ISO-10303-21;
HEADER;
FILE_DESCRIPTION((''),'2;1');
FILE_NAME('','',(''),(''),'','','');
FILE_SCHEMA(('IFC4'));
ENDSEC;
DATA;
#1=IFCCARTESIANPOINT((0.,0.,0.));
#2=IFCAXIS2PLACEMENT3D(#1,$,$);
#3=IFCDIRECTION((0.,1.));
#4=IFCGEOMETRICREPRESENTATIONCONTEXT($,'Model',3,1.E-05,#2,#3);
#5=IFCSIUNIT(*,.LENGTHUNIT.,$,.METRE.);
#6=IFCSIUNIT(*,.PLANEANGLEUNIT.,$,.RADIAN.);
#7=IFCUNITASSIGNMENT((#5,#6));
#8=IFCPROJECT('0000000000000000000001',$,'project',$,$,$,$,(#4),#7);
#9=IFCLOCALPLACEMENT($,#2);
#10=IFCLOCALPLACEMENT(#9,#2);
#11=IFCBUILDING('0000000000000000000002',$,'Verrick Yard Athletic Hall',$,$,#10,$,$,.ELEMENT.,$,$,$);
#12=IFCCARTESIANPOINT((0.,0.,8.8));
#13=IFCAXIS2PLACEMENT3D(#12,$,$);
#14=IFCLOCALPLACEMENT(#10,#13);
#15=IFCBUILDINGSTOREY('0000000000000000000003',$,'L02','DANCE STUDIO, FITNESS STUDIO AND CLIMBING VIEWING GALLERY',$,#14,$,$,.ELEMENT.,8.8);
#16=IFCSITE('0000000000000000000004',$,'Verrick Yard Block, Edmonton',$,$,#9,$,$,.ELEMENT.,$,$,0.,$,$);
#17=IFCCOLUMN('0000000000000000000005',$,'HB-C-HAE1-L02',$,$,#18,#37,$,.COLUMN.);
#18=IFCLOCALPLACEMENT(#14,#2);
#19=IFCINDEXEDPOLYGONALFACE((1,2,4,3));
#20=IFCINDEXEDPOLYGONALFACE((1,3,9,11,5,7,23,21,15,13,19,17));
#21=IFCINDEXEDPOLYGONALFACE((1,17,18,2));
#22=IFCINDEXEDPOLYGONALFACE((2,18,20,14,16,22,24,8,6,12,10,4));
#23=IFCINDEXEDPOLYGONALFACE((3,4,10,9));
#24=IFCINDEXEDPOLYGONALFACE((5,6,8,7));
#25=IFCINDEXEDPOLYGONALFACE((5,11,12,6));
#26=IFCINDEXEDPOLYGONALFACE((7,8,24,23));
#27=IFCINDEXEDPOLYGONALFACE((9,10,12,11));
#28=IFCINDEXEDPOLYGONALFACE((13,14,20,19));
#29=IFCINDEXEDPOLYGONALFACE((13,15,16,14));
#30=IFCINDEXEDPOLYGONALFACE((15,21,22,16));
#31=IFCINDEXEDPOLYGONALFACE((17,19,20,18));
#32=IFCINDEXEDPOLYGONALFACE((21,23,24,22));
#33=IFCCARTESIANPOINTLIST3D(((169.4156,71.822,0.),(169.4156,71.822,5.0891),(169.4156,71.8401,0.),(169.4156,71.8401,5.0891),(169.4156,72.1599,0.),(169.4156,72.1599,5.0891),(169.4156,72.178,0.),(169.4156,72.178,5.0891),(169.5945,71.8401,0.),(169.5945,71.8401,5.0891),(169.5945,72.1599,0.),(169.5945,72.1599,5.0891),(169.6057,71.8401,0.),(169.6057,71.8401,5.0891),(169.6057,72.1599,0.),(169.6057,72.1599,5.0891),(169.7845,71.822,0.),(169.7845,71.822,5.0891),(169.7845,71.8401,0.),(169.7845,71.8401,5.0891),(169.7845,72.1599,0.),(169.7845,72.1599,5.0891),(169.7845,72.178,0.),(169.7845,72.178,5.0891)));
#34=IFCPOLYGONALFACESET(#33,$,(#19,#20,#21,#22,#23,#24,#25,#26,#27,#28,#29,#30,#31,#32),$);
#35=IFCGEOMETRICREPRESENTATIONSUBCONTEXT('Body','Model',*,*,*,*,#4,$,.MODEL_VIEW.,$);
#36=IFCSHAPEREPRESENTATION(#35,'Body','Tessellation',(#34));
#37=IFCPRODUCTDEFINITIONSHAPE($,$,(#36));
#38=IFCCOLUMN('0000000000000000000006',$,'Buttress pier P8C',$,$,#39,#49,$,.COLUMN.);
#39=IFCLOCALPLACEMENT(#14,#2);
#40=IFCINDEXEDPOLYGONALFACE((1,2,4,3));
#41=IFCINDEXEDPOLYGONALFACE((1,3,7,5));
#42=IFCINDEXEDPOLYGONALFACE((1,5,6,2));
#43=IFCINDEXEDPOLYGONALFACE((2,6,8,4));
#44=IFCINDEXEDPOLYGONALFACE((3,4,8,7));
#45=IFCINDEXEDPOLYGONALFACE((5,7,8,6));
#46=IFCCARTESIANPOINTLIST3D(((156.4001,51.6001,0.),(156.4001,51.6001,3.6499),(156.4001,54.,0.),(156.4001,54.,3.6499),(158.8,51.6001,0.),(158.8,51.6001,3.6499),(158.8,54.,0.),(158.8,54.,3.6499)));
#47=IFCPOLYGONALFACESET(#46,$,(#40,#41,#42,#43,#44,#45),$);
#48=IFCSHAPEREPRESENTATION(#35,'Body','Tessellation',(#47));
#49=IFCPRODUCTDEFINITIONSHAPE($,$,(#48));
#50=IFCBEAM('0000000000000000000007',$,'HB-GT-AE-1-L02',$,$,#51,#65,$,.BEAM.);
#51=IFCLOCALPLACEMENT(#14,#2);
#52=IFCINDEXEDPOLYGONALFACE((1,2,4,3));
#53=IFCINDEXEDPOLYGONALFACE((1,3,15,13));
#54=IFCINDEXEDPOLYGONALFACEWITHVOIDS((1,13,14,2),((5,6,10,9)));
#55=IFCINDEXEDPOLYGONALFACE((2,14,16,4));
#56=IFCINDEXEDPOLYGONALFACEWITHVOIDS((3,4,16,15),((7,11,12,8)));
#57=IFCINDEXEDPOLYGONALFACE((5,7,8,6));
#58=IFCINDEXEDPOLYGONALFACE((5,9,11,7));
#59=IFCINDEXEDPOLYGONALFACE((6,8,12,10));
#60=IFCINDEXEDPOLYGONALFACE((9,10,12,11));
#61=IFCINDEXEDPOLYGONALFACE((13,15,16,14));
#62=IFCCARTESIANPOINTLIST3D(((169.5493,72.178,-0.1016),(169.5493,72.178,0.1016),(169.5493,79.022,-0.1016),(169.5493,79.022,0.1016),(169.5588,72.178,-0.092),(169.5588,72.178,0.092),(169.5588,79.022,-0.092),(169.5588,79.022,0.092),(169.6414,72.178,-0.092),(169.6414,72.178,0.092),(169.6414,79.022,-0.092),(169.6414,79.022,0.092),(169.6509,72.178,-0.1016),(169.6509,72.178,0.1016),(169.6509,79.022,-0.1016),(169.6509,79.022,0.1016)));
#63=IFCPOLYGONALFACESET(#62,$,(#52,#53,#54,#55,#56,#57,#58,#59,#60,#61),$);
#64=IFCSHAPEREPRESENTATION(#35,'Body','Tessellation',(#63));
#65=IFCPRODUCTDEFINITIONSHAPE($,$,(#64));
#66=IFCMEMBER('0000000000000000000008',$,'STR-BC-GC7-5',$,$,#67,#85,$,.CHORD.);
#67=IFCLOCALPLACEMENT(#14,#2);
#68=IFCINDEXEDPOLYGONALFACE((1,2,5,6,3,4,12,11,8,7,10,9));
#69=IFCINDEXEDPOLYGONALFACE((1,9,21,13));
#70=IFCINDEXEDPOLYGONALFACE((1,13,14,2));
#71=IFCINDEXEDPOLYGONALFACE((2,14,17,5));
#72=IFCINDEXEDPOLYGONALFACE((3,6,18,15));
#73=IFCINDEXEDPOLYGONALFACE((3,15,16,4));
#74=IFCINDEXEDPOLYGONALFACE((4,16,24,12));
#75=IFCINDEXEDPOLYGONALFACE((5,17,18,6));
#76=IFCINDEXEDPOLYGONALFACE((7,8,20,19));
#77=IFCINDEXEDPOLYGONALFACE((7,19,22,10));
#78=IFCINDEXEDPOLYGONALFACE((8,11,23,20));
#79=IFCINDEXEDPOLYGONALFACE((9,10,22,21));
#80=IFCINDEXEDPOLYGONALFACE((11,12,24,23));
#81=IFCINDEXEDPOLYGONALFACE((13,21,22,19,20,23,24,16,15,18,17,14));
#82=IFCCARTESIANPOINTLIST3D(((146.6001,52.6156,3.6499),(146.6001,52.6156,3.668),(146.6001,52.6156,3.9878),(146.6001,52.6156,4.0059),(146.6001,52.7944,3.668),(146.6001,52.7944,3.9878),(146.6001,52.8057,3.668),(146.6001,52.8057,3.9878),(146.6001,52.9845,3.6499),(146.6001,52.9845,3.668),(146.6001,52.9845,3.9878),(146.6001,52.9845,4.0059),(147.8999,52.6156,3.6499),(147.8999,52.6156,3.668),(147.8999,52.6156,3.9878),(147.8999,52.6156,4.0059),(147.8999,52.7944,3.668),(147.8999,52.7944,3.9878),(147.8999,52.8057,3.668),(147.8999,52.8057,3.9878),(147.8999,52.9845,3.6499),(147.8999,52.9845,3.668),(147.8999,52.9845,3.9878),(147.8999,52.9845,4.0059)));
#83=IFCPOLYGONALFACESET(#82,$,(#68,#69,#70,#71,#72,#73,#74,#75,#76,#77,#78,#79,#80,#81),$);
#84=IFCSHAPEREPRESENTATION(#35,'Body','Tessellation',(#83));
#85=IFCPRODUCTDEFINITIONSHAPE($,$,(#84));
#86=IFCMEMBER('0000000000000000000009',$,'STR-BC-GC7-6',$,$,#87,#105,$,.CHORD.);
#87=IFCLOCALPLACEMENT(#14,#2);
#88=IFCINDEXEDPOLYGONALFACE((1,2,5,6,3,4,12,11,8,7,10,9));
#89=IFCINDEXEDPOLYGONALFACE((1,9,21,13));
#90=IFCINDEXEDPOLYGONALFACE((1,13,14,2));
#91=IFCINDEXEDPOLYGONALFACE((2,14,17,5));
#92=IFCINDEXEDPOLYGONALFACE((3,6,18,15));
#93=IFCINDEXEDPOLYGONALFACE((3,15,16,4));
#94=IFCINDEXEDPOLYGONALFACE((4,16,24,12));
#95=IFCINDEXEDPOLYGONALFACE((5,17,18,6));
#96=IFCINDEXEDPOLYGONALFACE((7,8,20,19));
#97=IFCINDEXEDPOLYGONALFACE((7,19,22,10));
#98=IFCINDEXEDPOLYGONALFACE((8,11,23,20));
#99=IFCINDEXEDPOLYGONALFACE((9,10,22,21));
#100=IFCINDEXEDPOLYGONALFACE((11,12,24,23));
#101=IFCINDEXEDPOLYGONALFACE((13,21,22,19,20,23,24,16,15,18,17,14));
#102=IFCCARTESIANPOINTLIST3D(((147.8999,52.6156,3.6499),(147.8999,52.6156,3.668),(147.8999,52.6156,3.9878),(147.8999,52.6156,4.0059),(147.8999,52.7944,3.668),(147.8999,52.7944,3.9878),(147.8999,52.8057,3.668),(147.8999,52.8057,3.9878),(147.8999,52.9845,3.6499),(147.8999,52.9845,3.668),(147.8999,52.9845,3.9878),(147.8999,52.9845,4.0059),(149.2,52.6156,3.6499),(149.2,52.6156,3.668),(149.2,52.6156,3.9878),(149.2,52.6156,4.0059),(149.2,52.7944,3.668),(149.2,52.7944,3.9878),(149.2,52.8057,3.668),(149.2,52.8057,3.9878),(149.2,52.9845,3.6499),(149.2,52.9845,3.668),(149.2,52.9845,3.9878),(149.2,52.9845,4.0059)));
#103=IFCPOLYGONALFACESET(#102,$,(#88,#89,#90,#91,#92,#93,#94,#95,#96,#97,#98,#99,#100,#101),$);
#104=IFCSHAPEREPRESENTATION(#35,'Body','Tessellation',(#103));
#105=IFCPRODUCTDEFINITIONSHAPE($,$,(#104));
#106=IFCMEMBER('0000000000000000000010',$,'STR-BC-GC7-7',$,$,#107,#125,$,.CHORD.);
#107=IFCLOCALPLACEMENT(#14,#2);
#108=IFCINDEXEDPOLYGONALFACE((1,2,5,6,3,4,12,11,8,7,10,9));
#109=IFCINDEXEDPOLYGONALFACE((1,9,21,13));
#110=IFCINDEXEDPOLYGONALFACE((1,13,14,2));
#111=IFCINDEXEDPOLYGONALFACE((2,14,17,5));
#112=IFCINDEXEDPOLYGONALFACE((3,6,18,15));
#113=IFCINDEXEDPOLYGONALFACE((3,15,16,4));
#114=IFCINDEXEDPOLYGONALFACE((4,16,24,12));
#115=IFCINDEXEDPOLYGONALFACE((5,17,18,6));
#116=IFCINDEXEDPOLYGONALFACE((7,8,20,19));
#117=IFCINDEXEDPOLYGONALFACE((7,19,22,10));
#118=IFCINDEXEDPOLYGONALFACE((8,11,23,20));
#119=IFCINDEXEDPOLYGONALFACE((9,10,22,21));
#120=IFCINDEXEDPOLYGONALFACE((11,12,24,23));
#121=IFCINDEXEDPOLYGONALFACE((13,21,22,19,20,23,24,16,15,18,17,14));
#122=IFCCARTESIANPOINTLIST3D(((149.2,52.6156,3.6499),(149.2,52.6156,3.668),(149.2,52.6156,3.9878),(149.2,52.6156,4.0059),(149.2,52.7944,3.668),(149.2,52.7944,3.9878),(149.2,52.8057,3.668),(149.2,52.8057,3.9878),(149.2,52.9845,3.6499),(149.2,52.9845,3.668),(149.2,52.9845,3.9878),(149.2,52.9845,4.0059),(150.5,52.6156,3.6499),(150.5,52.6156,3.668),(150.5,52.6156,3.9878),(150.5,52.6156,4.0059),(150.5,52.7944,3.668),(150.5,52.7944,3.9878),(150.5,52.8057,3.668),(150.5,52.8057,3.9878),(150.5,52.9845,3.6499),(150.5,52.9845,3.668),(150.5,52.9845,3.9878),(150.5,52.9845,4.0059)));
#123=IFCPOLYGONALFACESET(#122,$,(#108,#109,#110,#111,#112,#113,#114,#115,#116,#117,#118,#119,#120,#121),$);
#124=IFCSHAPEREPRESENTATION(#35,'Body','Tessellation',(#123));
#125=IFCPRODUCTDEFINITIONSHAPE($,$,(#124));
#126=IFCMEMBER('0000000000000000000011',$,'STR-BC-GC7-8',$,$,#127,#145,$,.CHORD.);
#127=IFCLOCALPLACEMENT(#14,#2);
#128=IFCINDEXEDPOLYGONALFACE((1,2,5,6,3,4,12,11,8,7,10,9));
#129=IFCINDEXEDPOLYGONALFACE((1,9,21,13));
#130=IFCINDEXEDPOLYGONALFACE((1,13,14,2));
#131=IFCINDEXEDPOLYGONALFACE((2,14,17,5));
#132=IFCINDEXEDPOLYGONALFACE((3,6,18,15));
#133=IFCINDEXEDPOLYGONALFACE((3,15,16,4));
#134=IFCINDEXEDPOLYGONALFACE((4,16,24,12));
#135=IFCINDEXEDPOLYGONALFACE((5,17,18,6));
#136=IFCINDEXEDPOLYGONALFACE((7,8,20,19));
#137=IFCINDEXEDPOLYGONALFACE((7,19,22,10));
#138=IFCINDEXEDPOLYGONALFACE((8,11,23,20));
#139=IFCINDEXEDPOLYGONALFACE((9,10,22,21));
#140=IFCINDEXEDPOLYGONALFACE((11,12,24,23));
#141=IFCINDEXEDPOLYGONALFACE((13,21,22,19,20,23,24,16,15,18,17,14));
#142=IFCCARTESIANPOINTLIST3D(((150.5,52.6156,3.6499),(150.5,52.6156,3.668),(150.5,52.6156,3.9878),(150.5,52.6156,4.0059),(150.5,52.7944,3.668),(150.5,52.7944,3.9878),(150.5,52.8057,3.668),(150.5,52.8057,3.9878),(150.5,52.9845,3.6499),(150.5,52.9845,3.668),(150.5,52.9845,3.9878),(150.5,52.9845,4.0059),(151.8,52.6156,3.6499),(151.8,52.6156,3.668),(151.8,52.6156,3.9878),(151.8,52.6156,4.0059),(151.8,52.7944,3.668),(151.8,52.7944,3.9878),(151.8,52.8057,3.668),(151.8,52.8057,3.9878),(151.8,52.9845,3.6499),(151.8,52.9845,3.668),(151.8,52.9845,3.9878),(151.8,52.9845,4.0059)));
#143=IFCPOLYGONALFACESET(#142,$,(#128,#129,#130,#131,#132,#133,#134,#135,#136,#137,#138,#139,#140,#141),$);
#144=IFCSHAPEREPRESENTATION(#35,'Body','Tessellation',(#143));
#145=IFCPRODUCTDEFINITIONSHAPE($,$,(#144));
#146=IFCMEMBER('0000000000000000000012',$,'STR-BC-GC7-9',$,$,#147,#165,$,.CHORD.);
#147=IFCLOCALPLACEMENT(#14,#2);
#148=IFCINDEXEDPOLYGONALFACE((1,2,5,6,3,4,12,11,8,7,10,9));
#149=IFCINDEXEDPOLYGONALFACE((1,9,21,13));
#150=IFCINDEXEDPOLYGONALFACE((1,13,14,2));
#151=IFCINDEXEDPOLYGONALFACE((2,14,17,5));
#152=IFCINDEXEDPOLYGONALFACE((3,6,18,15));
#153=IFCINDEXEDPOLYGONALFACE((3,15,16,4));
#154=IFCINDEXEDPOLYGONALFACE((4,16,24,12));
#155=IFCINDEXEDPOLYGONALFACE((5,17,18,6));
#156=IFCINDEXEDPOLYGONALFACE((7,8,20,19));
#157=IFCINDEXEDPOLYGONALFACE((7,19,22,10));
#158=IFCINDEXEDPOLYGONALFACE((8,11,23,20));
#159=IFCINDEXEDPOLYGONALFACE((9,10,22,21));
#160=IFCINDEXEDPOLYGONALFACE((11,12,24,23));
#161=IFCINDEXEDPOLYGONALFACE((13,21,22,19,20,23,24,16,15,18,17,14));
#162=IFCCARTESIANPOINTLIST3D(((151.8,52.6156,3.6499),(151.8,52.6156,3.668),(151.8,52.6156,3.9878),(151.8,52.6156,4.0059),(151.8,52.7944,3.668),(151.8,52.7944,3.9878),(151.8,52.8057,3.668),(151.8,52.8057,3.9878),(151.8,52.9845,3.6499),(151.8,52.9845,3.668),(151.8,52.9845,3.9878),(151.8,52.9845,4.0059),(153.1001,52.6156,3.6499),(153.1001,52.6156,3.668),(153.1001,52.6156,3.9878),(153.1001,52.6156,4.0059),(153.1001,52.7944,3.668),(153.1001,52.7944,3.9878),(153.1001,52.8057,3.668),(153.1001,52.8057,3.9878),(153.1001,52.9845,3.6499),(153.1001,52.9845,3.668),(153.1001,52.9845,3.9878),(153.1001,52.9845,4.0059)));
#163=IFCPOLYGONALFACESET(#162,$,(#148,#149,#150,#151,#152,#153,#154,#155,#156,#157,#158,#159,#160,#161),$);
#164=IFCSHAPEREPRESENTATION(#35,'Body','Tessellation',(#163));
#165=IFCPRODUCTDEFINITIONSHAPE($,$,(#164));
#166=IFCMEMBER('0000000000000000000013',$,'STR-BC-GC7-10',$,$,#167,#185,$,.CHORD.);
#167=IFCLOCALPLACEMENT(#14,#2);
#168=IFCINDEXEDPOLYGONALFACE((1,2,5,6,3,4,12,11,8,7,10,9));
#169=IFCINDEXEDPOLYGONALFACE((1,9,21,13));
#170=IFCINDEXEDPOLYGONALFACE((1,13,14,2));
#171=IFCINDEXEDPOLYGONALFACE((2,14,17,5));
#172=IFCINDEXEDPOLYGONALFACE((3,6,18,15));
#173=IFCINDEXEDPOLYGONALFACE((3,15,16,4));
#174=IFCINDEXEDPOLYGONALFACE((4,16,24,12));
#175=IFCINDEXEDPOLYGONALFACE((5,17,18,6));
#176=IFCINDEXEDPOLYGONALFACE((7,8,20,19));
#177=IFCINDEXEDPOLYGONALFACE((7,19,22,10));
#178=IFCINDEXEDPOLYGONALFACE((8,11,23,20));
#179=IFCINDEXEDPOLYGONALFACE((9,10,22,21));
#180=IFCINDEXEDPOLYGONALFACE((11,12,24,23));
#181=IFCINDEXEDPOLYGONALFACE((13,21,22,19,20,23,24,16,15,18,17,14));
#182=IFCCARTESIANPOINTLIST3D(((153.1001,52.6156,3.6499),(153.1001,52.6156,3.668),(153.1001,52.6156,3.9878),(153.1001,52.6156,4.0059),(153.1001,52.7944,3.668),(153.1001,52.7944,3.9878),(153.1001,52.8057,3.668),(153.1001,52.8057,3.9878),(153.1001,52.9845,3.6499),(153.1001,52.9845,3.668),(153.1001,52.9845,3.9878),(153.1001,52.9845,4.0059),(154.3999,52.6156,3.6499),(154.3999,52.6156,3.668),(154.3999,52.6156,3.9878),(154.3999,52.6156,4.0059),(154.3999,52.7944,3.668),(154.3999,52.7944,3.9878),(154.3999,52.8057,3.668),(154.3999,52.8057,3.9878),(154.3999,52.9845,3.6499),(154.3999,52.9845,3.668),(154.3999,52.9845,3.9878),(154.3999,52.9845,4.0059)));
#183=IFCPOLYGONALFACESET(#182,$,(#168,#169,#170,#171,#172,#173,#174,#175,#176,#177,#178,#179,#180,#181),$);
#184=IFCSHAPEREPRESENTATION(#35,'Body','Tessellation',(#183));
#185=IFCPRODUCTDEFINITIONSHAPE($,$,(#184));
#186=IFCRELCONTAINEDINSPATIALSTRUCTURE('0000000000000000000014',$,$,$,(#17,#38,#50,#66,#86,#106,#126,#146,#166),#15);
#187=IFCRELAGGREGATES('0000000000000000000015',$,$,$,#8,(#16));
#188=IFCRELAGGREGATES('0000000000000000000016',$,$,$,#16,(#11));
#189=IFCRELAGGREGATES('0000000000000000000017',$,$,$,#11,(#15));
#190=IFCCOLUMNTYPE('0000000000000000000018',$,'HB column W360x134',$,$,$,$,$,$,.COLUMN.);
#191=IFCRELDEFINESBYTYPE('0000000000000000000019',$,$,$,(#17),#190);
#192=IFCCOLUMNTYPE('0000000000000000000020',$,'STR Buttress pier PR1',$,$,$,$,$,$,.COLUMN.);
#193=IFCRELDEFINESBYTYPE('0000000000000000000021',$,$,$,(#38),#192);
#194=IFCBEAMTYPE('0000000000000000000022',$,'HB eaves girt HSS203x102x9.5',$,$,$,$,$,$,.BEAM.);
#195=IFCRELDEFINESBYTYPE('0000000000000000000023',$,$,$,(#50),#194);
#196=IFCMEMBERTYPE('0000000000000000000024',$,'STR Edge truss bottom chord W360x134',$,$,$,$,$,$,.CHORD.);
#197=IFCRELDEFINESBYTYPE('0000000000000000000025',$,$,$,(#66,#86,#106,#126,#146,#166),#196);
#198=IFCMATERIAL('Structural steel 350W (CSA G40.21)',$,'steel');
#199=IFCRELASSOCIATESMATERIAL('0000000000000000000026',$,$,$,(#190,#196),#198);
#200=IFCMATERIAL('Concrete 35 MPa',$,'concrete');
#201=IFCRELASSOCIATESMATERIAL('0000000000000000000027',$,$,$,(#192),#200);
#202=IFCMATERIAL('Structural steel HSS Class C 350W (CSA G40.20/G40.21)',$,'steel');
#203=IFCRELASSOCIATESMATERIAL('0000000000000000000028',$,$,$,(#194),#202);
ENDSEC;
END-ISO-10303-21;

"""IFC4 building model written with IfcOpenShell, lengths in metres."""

from ifc_helpers import new_model, si_unit, direction, frame, origin, origin_2d, place, context, subcontext, project, spatial, rectangle, hollow_rectangle, i_section, extrude, material, material_profile, profile_set, type_object, element, save


model = new_model("IFC4")

# Units and contexts
model_context = context("Model", 3, precision=1e-05, world=origin(), true_north=direction((0.0, 1.0)))
body_context = subcontext(model_context, "Body", "Model", "MODEL_VIEW")
ifc_project = project(units=[si_unit("LENGTHUNIT", "METRE"), si_unit("PLANEANGLEUNIT", "RADIAN")], contexts=[model_context])

# Site, building, storey
site_placement = place(None, origin())
site = spatial("IfcSite", under=ifc_project, at=site_placement, Name="Verrick Yard Block, Edmonton", CompositionType="ELEMENT", RefElevation=0.0)
building_placement = place(site_placement, origin())
building = spatial("IfcBuilding", under=site, at=building_placement, Name="Verrick Yard Athletic Hall", CompositionType="ELEMENT")
storey_placement = place(building_placement, frame((0.0, 0.0, 8.8)))
storey = spatial("IfcBuildingStorey", under=building, at=storey_placement, Name="L02", Description="DANCE STUDIO, FITNESS STUDIO AND CLIMBING VIEWING GALLERY", CompositionType="ELEMENT", Elevation=8.8)

# Columns
ifc_material_1 = material(Name="Structural steel 350W (CSA G40.21)", Category="steel")
ifc_material_profile_1 = material_profile(ifc_material_1, i_section(OverallWidth=0.3689, OverallDepth=0.356, WebThickness=0.0112, FlangeThickness=0.0181, at=origin_2d()), Name="W360x134")
ifc_profile_set_1 = profile_set([ifc_material_profile_1], Name="Structural steel 350W (CSA G40.21)")
column_type_1 = type_object("IfcColumnType", Name="HB column W360x134", PredefinedType="COLUMN", material=ifc_profile_set_1)
column_1_placement = place(storey_placement, frame((169.6001, 72.0, 0.0), z_axis=(0.0, 0.0, 1.0), x_axis=(1.0, 0.0, 0.0)))
element("IfcColumn", 1, at=column_1_placement, inside=storey, type_object=column_type_1, Name="HB-C-HAE1-L02", PredefinedType="COLUMN", context=body_context, shape_type="SweptSolid", body=[
    extrude(i_section(OverallWidth=0.3689, OverallDepth=0.356, WebThickness=0.0112, FlangeThickness=0.0181, at=origin_2d()), origin(), (0.0, 0.0, 1.0), 5.0891),
])
ifc_material_2 = material(Name="Concrete 35 MPa", Category="concrete")
ifc_material_profile_2 = material_profile(ifc_material_2, rectangle(XDim=2.3999, YDim=2.3999, at=origin_2d()), Name="STR Buttress pier PR1")
ifc_profile_set_2 = profile_set([ifc_material_profile_2], Name="Concrete 35 MPa")
column_type_2 = type_object("IfcColumnType", Name="STR Buttress pier PR1", PredefinedType="COLUMN", material=ifc_profile_set_2)
column_2_placement = place(storey_placement, frame((157.6001, 52.8, 0.0), z_axis=(0.0, 0.0, 1.0), x_axis=(1.0, 0.0, 0.0)))
element("IfcColumn", 2, at=column_2_placement, inside=storey, type_object=column_type_2, Name="Buttress pier P8C", PredefinedType="COLUMN", context=body_context, shape_type="SweptSolid", body=[
    extrude(rectangle(XDim=2.3999, YDim=2.3999, at=origin_2d()), origin(), (0.0, 0.0, 1.0), 3.6499),
])

# Beam
ifc_material_3 = material(Name="Structural steel HSS Class C 350W (CSA G40.20/G40.21)", Category="steel")
ifc_material_profile_3 = material_profile(ifc_material_3, hollow_rectangle(XDim=0.1016, YDim=0.2031, WallThickness=0.0095, at=origin_2d()), Name="HSS203x102x9.5")
ifc_profile_set_3 = profile_set([ifc_material_profile_3], Name="Structural steel HSS Class C 350W (CSA G40.20/G40.21)")
beam_type = type_object("IfcBeamType", Name="HB eaves girt HSS203x102x9.5", PredefinedType="BEAM", material=ifc_profile_set_3)
beam_placement = place(storey_placement, frame((169.6001, 72.178, 0.0), z_axis=(0.0, 1.0, 0.0), x_axis=(-1.0, 0.0, 0.0)))
element("IfcBeam", 3, at=beam_placement, inside=storey, type_object=beam_type, Name="HB-GT-AE-1-L02", PredefinedType="BEAM", context=body_context, shape_type="SweptSolid", body=[
    extrude(hollow_rectangle(XDim=0.1016, YDim=0.2031, WallThickness=0.0095, at=origin_2d()), origin(), (0.0, 0.0, 1.0), 6.844),
])

# Members
ifc_material_profile_4 = material_profile(ifc_material_1, i_section(OverallWidth=0.3689, OverallDepth=0.356, WebThickness=0.0112, FlangeThickness=0.0181, at=origin_2d()), Name="W360x134")
ifc_profile_set_4 = profile_set([ifc_material_profile_4], Name="Structural steel 350W (CSA G40.21)")
member_type_1 = type_object("IfcMemberType", Name="STR Edge truss bottom chord W360x134", PredefinedType="CHORD", material=ifc_profile_set_4)
member_1_placement = place(storey_placement, frame((146.6001, 52.8, 3.8279), z_axis=(1.0, 0.0, 0.0), x_axis=(0.0, 1.0, 0.0)))
element("IfcMember", 4, at=member_1_placement, inside=storey, type_object=member_type_1, Name="STR-BC-GC7-5", PredefinedType="CHORD", context=body_context, shape_type="SweptSolid", body=[
    extrude(i_section(OverallWidth=0.3689, OverallDepth=0.356, WebThickness=0.0112, FlangeThickness=0.0181, at=origin_2d()), origin(), (0.0, 0.0, 1.0), 1.2998),
])
for number, where, z_axis, x_axis, name in (
    (5, (147.8999, 52.8, 3.8279), (1.0, 0.0, 0.0), (0.0, 1.0, 0.0), "STR-BC-GC7-6"),
    (6, (149.2, 52.8, 3.8279), (1.0, 0.0, 0.0), (0.0, 1.0, 0.0), "STR-BC-GC7-7"),
    (7, (150.5, 52.8, 3.8279), (1.0, 0.0, 0.0), (0.0, 1.0, 0.0), "STR-BC-GC7-8"),
    (8, (151.8, 52.8, 3.8279), (1.0, 0.0, 0.0), (0.0, 1.0, 0.0), "STR-BC-GC7-9"),
):
    element("IfcMember", number, at=place(storey_placement, frame(where, z_axis=z_axis, x_axis=x_axis)), inside=storey, type_object=member_type_1, Name=name, PredefinedType="CHORD", context=body_context, shape_type="SweptSolid", body=[
        extrude(i_section(OverallWidth=0.3689, OverallDepth=0.356, WebThickness=0.0112, FlangeThickness=0.0181, at=origin_2d()), origin(), (0.0, 0.0, 1.0), 1.3),
    ])
member_2_placement = place(storey_placement, frame((153.1001, 52.8, 3.8279), z_axis=(1.0, 0.0, 0.0), x_axis=(0.0, 1.0, 0.0)))
element("IfcMember", 9, at=member_2_placement, inside=storey, type_object=member_type_1, Name="STR-BC-GC7-10", PredefinedType="CHORD", context=body_context, shape_type="SweptSolid", body=[
    extrude(i_section(OverallWidth=0.3689, OverallDepth=0.356, WebThickness=0.0112, FlangeThickness=0.0181, at=origin_2d()), origin(), (0.0, 0.0, 1.0), 1.2998),
])

save(model, "model.ifc")
